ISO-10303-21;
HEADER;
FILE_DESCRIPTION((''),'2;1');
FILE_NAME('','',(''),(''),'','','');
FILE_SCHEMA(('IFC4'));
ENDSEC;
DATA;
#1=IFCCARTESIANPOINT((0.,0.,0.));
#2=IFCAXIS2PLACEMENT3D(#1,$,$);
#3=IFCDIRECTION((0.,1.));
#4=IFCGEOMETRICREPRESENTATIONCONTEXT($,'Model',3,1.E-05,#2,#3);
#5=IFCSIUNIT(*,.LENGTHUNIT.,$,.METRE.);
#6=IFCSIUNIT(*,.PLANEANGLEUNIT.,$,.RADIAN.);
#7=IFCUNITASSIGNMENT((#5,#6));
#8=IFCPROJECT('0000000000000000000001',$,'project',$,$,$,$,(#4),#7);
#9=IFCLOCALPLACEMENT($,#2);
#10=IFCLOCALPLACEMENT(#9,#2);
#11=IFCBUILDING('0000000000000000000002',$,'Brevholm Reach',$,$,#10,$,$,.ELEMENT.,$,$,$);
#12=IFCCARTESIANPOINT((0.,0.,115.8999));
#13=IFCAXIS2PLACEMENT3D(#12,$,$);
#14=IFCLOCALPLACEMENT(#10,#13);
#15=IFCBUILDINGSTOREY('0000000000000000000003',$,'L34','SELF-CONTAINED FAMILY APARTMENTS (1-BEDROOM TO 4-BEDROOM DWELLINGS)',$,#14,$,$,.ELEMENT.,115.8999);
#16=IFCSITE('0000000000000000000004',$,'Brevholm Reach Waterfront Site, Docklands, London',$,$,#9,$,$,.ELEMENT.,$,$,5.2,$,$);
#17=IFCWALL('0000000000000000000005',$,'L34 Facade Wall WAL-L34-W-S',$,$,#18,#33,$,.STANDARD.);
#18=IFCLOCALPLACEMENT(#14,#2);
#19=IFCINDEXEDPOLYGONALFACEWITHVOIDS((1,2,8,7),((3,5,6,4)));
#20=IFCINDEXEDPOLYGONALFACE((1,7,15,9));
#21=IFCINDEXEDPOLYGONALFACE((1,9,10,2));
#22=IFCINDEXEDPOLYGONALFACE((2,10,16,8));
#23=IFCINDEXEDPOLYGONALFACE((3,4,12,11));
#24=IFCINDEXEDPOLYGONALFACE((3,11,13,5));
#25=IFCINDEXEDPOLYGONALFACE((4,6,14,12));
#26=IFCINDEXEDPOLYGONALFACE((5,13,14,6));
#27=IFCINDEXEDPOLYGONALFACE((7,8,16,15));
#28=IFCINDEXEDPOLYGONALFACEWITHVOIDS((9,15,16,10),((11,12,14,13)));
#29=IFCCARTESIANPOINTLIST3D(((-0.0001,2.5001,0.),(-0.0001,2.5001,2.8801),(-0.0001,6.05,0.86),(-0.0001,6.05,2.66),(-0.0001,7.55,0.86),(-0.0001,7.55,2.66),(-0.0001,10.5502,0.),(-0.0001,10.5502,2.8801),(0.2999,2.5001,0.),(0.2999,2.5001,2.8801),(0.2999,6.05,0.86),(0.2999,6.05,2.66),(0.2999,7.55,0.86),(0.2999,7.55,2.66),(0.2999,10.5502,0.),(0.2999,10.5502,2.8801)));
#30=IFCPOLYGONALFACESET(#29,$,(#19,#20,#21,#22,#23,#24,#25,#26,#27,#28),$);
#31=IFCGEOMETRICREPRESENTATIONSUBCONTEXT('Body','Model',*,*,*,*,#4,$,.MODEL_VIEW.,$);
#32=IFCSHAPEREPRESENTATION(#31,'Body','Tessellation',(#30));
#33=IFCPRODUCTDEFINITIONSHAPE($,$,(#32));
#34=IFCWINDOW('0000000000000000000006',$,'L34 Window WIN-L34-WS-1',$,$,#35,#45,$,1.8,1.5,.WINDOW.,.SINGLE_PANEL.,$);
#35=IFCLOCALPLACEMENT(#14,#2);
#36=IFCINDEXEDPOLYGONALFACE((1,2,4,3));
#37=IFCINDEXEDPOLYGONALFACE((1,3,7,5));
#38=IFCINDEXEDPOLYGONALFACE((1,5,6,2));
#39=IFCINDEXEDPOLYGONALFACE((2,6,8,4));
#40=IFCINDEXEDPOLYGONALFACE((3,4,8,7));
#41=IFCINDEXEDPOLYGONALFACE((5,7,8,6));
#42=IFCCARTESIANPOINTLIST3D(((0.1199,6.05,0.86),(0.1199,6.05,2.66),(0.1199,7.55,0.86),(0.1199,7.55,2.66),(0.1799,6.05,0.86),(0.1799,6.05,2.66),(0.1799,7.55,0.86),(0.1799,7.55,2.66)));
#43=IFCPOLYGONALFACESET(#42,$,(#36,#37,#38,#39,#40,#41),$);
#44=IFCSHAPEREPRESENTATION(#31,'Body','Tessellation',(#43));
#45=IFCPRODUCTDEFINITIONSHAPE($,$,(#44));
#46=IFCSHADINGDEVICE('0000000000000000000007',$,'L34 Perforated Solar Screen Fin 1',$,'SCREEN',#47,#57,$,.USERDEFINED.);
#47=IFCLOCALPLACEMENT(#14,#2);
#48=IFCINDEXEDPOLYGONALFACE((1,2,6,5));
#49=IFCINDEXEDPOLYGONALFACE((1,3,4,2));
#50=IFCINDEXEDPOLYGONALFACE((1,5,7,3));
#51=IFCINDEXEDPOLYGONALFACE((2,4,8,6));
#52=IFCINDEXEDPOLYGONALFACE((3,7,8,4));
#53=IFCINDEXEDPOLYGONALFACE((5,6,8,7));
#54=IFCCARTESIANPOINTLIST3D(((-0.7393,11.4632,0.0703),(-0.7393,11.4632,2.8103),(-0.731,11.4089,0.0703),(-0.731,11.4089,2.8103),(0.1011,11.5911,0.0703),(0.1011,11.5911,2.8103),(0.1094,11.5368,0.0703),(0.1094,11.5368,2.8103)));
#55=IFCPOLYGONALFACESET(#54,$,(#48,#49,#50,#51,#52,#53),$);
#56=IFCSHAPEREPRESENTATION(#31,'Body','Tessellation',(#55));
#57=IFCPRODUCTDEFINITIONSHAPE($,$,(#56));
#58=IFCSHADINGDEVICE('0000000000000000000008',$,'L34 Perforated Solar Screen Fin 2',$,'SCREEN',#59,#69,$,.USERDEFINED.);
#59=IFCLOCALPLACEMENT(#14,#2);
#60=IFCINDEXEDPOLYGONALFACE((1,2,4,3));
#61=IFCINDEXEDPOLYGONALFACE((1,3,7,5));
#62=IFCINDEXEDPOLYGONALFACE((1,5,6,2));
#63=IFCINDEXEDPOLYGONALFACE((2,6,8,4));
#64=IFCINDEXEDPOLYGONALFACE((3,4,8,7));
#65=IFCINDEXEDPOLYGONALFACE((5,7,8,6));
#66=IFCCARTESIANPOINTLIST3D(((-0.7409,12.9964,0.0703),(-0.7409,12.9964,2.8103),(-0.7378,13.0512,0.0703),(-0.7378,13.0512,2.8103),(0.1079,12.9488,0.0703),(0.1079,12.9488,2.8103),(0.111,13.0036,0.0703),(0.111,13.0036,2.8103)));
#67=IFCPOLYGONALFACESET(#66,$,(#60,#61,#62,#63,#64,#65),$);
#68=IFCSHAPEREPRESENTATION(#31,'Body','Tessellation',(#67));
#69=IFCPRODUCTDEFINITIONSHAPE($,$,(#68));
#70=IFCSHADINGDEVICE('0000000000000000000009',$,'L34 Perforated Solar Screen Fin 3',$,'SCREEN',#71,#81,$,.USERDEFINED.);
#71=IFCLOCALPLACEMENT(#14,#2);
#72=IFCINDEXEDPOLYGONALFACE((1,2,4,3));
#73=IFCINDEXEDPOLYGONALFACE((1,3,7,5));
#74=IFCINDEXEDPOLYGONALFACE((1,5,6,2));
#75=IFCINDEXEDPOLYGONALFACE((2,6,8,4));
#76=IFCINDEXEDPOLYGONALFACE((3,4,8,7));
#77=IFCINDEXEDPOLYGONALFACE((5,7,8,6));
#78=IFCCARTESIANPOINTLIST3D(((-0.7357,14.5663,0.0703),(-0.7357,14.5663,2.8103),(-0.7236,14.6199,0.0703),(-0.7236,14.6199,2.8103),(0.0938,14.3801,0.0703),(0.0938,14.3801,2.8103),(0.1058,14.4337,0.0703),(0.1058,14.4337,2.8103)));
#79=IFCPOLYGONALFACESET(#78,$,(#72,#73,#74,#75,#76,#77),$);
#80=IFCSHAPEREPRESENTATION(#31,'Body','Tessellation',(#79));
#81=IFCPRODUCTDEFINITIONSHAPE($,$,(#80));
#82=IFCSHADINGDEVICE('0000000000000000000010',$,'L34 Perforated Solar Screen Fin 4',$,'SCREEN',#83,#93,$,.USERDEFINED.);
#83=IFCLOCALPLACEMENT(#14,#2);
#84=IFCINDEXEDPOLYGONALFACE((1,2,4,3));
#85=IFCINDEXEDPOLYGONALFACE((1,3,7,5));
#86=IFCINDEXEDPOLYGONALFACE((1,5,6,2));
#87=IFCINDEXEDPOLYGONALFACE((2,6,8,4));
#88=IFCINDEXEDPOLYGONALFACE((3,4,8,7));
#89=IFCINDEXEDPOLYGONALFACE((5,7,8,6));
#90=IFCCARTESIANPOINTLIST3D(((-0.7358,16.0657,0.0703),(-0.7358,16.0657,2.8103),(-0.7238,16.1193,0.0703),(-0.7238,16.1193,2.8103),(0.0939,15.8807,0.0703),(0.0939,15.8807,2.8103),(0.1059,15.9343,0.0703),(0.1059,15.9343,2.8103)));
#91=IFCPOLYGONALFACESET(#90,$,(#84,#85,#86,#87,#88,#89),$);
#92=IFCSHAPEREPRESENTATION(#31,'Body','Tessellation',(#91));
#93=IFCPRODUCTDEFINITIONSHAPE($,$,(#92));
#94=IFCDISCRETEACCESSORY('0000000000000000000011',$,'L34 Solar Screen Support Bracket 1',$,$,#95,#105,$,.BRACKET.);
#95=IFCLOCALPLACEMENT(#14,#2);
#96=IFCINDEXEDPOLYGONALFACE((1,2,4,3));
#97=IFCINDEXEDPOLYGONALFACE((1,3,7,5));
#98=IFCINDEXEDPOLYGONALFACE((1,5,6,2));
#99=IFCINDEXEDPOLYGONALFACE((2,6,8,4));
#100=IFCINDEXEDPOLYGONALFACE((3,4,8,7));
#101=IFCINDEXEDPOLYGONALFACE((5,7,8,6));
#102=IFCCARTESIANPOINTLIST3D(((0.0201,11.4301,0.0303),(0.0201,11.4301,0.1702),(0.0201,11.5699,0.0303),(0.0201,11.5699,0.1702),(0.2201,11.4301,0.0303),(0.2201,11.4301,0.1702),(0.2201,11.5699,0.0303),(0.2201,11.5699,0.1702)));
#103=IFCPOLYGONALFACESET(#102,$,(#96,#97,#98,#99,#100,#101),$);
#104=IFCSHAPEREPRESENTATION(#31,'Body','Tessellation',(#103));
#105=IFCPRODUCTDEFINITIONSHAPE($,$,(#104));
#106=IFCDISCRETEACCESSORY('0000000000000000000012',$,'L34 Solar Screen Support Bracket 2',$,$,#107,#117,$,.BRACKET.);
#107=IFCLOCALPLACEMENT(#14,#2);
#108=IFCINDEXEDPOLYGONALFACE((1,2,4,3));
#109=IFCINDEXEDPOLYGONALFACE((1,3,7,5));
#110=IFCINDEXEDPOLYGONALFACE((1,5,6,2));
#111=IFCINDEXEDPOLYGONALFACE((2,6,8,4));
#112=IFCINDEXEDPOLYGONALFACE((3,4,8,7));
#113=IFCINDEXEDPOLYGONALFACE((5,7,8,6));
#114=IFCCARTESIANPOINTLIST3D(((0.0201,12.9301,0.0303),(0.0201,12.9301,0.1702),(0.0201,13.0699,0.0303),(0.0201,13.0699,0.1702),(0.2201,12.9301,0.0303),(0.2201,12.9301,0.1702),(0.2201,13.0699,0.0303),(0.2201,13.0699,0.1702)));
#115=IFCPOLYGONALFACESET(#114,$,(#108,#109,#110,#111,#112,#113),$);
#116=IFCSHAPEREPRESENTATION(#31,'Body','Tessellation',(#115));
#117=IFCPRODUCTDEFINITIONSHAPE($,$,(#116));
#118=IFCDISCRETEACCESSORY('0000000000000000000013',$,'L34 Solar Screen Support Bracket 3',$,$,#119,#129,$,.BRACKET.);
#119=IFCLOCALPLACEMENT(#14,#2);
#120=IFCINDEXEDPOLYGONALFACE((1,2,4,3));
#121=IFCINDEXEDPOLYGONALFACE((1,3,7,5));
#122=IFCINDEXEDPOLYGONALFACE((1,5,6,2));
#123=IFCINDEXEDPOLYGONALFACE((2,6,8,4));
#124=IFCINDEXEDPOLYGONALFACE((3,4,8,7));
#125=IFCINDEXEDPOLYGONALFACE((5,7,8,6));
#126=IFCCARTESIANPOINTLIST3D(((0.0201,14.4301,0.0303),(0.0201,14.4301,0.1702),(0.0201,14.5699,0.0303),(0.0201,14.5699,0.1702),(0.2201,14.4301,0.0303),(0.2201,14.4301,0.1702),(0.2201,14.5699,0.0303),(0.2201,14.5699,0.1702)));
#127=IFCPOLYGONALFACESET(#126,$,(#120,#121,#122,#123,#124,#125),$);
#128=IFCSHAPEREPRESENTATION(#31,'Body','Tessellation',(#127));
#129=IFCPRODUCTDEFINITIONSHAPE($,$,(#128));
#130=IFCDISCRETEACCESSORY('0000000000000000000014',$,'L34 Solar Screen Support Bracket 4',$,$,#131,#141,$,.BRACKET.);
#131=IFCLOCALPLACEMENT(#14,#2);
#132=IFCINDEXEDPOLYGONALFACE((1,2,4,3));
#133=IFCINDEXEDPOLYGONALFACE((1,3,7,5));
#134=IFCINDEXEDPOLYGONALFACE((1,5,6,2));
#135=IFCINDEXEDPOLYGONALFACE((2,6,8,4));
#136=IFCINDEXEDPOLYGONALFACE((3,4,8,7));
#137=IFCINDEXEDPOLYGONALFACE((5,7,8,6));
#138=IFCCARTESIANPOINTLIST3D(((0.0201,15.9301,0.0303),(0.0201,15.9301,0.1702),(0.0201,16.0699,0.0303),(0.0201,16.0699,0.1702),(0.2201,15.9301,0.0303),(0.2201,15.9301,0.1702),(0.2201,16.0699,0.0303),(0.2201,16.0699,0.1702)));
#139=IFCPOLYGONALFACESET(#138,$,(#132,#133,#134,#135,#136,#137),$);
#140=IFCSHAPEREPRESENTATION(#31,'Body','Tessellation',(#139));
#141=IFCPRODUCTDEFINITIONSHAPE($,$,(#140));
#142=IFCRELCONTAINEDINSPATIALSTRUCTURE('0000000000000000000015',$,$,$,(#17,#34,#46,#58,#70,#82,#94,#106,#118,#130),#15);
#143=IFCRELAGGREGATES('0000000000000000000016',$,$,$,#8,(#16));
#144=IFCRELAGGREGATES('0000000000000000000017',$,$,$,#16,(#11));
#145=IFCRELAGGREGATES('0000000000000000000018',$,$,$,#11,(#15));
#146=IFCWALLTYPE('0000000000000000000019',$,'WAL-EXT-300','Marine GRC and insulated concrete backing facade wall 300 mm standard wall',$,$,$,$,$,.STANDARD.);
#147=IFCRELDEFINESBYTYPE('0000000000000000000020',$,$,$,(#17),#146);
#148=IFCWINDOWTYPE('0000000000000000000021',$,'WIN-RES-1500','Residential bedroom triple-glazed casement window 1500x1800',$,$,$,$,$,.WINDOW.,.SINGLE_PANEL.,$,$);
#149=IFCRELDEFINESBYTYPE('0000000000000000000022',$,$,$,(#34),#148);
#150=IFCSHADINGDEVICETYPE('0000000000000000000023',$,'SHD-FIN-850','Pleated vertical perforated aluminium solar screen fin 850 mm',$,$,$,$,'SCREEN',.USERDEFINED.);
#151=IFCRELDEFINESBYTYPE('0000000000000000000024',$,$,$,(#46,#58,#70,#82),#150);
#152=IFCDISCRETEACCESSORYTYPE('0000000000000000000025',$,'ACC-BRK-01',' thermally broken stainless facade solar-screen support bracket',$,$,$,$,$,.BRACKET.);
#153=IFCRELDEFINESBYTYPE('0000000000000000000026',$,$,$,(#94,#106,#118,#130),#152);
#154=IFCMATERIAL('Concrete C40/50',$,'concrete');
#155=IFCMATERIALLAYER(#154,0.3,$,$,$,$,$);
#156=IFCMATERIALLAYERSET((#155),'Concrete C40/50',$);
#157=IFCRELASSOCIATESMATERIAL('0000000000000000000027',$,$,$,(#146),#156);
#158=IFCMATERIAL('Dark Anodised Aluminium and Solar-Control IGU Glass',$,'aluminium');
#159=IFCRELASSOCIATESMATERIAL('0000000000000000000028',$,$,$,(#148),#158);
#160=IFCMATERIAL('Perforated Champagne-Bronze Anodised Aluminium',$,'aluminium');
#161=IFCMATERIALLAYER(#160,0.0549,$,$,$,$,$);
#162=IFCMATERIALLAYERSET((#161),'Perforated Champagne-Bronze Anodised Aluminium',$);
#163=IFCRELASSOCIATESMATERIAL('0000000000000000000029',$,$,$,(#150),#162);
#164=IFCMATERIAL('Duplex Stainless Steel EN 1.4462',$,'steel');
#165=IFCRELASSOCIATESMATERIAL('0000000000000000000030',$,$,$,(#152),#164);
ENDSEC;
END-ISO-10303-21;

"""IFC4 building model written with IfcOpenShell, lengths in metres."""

from ifc_helpers import new_model, si_unit, direction, frame, frame_2d, origin, origin_2d, place, context, subcontext, project, spatial, rectangle, extrude, material, layer, layer_set, type_object, element, fill, save


model = new_model("IFC4")

# Units and contexts
model_context = context("Model", 3, precision=1e-05, world=origin(), true_north=direction((0.0, 1.0)))
body_context = subcontext(model_context, "Body", "Model", "MODEL_VIEW")
ifc_project = project(units=[si_unit("LENGTHUNIT", "METRE"), si_unit("PLANEANGLEUNIT", "RADIAN")], contexts=[model_context])

# Site, building, storey
site_placement = place(None, origin())
site = spatial("IfcSite", under=ifc_project, at=site_placement, Name="Brevholm Reach Waterfront Site, Docklands, London", CompositionType="ELEMENT", RefElevation=5.2)
building_placement = place(site_placement, origin())
building = spatial("IfcBuilding", under=site, at=building_placement, Name="Brevholm Reach", CompositionType="ELEMENT")
storey_placement = place(building_placement, frame((0.0, 0.0, 115.8999)))
storey = spatial("IfcBuildingStorey", under=building, at=storey_placement, Name="L34", Description="SELF-CONTAINED FAMILY APARTMENTS (1-BEDROOM TO 4-BEDROOM DWELLINGS)", CompositionType="ELEMENT", Elevation=115.8999)

# Wall, opening, window
ifc_material_1 = material(Name="Concrete C40/50", Category="concrete")
ifc_layer_1 = layer(ifc_material_1, 0.3)
ifc_layer_set_1 = layer_set([ifc_layer_1], Name="Concrete C40/50")
wall_type = type_object("IfcWallType", Name="WAL-EXT-300", Description="Marine GRC and insulated concrete backing facade wall 300 mm standard wall", PredefinedType="STANDARD", material=ifc_layer_set_1)
wall_placement = place(storey_placement, frame((0.1499, 10.55, 0.0), z_axis=(0.0, 0.0, 1.0), x_axis=(0.0, -1.0, 0.0)))
wall = element("IfcWall", 1, at=wall_placement, inside=storey, type_object=wall_type, Name="L34 Facade Wall WAL-L34-W-S", PredefinedType="STANDARD", context=body_context, shape_type="SweptSolid", body=[
    extrude(rectangle(XDim=8.05, YDim=0.3, at=frame_2d((4.0249, 0.0))), origin(), (0.0, 0.0, 1.0), 2.8801),
])
opening_placement = place(wall_placement, frame((3.0, 0.0, 0.8601)))
opening = element("IfcOpeningElement", 2, at=opening_placement, cuts=wall, PredefinedType="OPENING", context=body_context, shape_type="SweptSolid", body=[
    extrude(rectangle(XDim=1.5, YDim=1.8, at=frame_2d((0.75, 0.8999))), frame((0.0, 0.1599, 0.0), z_axis=(0.0, -1.0, 0.0), x_axis=(1.0, 0.0, 0.0)), (0.0, 0.0, 1.0), 0.3201),
])
ifc_material_2 = material(Name="Dark Anodised Aluminium and Solar-Control IGU Glass", Category="aluminium")
window_type = type_object("IfcWindowType", Name="WIN-RES-1500", Description="Residential bedroom triple-glazed casement window 1500x1800", PartitioningType="SINGLE_PANEL", PredefinedType="WINDOW", material=ifc_material_2)
window_placement = place(opening_placement, origin())
window = element("IfcWindow", 3, at=window_placement, inside=storey, type_object=window_type, Name="L34 Window WIN-L34-WS-1", OverallHeight=1.8, OverallWidth=1.5, PartitioningType="SINGLE_PANEL", PredefinedType="WINDOW", context=body_context, shape_type="SweptSolid", body=[
    extrude(rectangle(XDim=1.5, YDim=1.8, at=frame_2d((0.75, 0.8999))), frame((0.0, 0.03, 0.0), z_axis=(0.0, -1.0, 0.0), x_axis=(1.0, 0.0, 0.0)), (0.0, 0.0, 1.0), 0.0601),
])
fill(opening, window)

# Shading devices
ifc_material_3 = material(Name="Perforated Champagne-Bronze Anodised Aluminium", Category="aluminium")
ifc_layer_2 = layer(ifc_material_3, 0.0549)
ifc_layer_set_2 = layer_set([ifc_layer_2], Name="Perforated Champagne-Bronze Anodised Aluminium")
shading_device_type = type_object("IfcShadingDeviceType", Name="SHD-FIN-850", Description="Pleated vertical perforated aluminium solar screen fin 850 mm", ElementType="SCREEN", PredefinedType="USERDEFINED", material=ifc_layer_set_2)
for number, where, z_axis, x_axis, name in (
    (4, (-0.3149, 11.5, 0.0703), (0.0, 0.0, 1.0), (-0.988615, -0.150467, 0.0), "L34 Perforated Solar Screen Fin 1"),
    (5, (-0.3149, 13.0, 0.0703), (0.0, 0.0, 1.0), (-0.998433, 0.055961, 0.0), "L34 Perforated Solar Screen Fin 2"),
    (6, (-0.3149, 14.5, 0.0703), (0.0, 0.0, 1.0), (-0.975707, 0.21908, 0.0), "L34 Perforated Solar Screen Fin 3"),
    (7, (-0.3149, 16.0, 0.0703), (0.0, 0.0, 1.0), (-0.976023, 0.217666, 0.0), "L34 Perforated Solar Screen Fin 4"),
):
    element("IfcShadingDevice", number, at=place(storey_placement, frame(where, z_axis=z_axis, x_axis=x_axis)), inside=storey, type_object=shading_device_type, Name=name, ObjectType="SCREEN", PredefinedType="USERDEFINED", context=body_context, shape_type="SweptSolid", body=[
        extrude(rectangle(XDim=0.8501, YDim=0.0549, at=origin_2d()), origin(), (0.0, 0.0, 1.0), 2.74),
    ])

# Discrete accessories
ifc_material_4 = material(Name="Duplex Stainless Steel EN 1.4462", Category="steel")
discrete_accessory_type = type_object("IfcDiscreteAccessoryType", Name="ACC-BRK-01", Description=" thermally broken stainless facade solar-screen support bracket", PredefinedType="BRACKET", material=ifc_material_4)
for number, where, z_axis, x_axis, name in (
    (8, (0.1201, 11.5, 0.0303), (0.0, 0.0, 1.0), (-1.0, 0.0, 0.0), "L34 Solar Screen Support Bracket 1"),
    (9, (0.1201, 13.0, 0.0303), (0.0, 0.0, 1.0), (-1.0, 0.0, 0.0), "L34 Solar Screen Support Bracket 2"),
    (10, (0.1201, 14.5, 0.0303), (0.0, 0.0, 1.0), (-1.0, 0.0, 0.0), "L34 Solar Screen Support Bracket 3"),
    (11, (0.1201, 16.0, 0.0303), (0.0, 0.0, 1.0), (-1.0, 0.0, 0.0), "L34 Solar Screen Support Bracket 4"),
):
    element("IfcDiscreteAccessory", number, at=place(storey_placement, frame(where, z_axis=z_axis, x_axis=x_axis)), inside=storey, type_object=discrete_accessory_type, Name=name, PredefinedType="BRACKET", context=body_context, shape_type="SweptSolid", body=[
        extrude(rectangle(XDim=0.2, YDim=0.1399, at=origin_2d()), origin(), (0.0, 0.0, 1.0), 0.1399),
    ])

save(model, "model.ifc")
